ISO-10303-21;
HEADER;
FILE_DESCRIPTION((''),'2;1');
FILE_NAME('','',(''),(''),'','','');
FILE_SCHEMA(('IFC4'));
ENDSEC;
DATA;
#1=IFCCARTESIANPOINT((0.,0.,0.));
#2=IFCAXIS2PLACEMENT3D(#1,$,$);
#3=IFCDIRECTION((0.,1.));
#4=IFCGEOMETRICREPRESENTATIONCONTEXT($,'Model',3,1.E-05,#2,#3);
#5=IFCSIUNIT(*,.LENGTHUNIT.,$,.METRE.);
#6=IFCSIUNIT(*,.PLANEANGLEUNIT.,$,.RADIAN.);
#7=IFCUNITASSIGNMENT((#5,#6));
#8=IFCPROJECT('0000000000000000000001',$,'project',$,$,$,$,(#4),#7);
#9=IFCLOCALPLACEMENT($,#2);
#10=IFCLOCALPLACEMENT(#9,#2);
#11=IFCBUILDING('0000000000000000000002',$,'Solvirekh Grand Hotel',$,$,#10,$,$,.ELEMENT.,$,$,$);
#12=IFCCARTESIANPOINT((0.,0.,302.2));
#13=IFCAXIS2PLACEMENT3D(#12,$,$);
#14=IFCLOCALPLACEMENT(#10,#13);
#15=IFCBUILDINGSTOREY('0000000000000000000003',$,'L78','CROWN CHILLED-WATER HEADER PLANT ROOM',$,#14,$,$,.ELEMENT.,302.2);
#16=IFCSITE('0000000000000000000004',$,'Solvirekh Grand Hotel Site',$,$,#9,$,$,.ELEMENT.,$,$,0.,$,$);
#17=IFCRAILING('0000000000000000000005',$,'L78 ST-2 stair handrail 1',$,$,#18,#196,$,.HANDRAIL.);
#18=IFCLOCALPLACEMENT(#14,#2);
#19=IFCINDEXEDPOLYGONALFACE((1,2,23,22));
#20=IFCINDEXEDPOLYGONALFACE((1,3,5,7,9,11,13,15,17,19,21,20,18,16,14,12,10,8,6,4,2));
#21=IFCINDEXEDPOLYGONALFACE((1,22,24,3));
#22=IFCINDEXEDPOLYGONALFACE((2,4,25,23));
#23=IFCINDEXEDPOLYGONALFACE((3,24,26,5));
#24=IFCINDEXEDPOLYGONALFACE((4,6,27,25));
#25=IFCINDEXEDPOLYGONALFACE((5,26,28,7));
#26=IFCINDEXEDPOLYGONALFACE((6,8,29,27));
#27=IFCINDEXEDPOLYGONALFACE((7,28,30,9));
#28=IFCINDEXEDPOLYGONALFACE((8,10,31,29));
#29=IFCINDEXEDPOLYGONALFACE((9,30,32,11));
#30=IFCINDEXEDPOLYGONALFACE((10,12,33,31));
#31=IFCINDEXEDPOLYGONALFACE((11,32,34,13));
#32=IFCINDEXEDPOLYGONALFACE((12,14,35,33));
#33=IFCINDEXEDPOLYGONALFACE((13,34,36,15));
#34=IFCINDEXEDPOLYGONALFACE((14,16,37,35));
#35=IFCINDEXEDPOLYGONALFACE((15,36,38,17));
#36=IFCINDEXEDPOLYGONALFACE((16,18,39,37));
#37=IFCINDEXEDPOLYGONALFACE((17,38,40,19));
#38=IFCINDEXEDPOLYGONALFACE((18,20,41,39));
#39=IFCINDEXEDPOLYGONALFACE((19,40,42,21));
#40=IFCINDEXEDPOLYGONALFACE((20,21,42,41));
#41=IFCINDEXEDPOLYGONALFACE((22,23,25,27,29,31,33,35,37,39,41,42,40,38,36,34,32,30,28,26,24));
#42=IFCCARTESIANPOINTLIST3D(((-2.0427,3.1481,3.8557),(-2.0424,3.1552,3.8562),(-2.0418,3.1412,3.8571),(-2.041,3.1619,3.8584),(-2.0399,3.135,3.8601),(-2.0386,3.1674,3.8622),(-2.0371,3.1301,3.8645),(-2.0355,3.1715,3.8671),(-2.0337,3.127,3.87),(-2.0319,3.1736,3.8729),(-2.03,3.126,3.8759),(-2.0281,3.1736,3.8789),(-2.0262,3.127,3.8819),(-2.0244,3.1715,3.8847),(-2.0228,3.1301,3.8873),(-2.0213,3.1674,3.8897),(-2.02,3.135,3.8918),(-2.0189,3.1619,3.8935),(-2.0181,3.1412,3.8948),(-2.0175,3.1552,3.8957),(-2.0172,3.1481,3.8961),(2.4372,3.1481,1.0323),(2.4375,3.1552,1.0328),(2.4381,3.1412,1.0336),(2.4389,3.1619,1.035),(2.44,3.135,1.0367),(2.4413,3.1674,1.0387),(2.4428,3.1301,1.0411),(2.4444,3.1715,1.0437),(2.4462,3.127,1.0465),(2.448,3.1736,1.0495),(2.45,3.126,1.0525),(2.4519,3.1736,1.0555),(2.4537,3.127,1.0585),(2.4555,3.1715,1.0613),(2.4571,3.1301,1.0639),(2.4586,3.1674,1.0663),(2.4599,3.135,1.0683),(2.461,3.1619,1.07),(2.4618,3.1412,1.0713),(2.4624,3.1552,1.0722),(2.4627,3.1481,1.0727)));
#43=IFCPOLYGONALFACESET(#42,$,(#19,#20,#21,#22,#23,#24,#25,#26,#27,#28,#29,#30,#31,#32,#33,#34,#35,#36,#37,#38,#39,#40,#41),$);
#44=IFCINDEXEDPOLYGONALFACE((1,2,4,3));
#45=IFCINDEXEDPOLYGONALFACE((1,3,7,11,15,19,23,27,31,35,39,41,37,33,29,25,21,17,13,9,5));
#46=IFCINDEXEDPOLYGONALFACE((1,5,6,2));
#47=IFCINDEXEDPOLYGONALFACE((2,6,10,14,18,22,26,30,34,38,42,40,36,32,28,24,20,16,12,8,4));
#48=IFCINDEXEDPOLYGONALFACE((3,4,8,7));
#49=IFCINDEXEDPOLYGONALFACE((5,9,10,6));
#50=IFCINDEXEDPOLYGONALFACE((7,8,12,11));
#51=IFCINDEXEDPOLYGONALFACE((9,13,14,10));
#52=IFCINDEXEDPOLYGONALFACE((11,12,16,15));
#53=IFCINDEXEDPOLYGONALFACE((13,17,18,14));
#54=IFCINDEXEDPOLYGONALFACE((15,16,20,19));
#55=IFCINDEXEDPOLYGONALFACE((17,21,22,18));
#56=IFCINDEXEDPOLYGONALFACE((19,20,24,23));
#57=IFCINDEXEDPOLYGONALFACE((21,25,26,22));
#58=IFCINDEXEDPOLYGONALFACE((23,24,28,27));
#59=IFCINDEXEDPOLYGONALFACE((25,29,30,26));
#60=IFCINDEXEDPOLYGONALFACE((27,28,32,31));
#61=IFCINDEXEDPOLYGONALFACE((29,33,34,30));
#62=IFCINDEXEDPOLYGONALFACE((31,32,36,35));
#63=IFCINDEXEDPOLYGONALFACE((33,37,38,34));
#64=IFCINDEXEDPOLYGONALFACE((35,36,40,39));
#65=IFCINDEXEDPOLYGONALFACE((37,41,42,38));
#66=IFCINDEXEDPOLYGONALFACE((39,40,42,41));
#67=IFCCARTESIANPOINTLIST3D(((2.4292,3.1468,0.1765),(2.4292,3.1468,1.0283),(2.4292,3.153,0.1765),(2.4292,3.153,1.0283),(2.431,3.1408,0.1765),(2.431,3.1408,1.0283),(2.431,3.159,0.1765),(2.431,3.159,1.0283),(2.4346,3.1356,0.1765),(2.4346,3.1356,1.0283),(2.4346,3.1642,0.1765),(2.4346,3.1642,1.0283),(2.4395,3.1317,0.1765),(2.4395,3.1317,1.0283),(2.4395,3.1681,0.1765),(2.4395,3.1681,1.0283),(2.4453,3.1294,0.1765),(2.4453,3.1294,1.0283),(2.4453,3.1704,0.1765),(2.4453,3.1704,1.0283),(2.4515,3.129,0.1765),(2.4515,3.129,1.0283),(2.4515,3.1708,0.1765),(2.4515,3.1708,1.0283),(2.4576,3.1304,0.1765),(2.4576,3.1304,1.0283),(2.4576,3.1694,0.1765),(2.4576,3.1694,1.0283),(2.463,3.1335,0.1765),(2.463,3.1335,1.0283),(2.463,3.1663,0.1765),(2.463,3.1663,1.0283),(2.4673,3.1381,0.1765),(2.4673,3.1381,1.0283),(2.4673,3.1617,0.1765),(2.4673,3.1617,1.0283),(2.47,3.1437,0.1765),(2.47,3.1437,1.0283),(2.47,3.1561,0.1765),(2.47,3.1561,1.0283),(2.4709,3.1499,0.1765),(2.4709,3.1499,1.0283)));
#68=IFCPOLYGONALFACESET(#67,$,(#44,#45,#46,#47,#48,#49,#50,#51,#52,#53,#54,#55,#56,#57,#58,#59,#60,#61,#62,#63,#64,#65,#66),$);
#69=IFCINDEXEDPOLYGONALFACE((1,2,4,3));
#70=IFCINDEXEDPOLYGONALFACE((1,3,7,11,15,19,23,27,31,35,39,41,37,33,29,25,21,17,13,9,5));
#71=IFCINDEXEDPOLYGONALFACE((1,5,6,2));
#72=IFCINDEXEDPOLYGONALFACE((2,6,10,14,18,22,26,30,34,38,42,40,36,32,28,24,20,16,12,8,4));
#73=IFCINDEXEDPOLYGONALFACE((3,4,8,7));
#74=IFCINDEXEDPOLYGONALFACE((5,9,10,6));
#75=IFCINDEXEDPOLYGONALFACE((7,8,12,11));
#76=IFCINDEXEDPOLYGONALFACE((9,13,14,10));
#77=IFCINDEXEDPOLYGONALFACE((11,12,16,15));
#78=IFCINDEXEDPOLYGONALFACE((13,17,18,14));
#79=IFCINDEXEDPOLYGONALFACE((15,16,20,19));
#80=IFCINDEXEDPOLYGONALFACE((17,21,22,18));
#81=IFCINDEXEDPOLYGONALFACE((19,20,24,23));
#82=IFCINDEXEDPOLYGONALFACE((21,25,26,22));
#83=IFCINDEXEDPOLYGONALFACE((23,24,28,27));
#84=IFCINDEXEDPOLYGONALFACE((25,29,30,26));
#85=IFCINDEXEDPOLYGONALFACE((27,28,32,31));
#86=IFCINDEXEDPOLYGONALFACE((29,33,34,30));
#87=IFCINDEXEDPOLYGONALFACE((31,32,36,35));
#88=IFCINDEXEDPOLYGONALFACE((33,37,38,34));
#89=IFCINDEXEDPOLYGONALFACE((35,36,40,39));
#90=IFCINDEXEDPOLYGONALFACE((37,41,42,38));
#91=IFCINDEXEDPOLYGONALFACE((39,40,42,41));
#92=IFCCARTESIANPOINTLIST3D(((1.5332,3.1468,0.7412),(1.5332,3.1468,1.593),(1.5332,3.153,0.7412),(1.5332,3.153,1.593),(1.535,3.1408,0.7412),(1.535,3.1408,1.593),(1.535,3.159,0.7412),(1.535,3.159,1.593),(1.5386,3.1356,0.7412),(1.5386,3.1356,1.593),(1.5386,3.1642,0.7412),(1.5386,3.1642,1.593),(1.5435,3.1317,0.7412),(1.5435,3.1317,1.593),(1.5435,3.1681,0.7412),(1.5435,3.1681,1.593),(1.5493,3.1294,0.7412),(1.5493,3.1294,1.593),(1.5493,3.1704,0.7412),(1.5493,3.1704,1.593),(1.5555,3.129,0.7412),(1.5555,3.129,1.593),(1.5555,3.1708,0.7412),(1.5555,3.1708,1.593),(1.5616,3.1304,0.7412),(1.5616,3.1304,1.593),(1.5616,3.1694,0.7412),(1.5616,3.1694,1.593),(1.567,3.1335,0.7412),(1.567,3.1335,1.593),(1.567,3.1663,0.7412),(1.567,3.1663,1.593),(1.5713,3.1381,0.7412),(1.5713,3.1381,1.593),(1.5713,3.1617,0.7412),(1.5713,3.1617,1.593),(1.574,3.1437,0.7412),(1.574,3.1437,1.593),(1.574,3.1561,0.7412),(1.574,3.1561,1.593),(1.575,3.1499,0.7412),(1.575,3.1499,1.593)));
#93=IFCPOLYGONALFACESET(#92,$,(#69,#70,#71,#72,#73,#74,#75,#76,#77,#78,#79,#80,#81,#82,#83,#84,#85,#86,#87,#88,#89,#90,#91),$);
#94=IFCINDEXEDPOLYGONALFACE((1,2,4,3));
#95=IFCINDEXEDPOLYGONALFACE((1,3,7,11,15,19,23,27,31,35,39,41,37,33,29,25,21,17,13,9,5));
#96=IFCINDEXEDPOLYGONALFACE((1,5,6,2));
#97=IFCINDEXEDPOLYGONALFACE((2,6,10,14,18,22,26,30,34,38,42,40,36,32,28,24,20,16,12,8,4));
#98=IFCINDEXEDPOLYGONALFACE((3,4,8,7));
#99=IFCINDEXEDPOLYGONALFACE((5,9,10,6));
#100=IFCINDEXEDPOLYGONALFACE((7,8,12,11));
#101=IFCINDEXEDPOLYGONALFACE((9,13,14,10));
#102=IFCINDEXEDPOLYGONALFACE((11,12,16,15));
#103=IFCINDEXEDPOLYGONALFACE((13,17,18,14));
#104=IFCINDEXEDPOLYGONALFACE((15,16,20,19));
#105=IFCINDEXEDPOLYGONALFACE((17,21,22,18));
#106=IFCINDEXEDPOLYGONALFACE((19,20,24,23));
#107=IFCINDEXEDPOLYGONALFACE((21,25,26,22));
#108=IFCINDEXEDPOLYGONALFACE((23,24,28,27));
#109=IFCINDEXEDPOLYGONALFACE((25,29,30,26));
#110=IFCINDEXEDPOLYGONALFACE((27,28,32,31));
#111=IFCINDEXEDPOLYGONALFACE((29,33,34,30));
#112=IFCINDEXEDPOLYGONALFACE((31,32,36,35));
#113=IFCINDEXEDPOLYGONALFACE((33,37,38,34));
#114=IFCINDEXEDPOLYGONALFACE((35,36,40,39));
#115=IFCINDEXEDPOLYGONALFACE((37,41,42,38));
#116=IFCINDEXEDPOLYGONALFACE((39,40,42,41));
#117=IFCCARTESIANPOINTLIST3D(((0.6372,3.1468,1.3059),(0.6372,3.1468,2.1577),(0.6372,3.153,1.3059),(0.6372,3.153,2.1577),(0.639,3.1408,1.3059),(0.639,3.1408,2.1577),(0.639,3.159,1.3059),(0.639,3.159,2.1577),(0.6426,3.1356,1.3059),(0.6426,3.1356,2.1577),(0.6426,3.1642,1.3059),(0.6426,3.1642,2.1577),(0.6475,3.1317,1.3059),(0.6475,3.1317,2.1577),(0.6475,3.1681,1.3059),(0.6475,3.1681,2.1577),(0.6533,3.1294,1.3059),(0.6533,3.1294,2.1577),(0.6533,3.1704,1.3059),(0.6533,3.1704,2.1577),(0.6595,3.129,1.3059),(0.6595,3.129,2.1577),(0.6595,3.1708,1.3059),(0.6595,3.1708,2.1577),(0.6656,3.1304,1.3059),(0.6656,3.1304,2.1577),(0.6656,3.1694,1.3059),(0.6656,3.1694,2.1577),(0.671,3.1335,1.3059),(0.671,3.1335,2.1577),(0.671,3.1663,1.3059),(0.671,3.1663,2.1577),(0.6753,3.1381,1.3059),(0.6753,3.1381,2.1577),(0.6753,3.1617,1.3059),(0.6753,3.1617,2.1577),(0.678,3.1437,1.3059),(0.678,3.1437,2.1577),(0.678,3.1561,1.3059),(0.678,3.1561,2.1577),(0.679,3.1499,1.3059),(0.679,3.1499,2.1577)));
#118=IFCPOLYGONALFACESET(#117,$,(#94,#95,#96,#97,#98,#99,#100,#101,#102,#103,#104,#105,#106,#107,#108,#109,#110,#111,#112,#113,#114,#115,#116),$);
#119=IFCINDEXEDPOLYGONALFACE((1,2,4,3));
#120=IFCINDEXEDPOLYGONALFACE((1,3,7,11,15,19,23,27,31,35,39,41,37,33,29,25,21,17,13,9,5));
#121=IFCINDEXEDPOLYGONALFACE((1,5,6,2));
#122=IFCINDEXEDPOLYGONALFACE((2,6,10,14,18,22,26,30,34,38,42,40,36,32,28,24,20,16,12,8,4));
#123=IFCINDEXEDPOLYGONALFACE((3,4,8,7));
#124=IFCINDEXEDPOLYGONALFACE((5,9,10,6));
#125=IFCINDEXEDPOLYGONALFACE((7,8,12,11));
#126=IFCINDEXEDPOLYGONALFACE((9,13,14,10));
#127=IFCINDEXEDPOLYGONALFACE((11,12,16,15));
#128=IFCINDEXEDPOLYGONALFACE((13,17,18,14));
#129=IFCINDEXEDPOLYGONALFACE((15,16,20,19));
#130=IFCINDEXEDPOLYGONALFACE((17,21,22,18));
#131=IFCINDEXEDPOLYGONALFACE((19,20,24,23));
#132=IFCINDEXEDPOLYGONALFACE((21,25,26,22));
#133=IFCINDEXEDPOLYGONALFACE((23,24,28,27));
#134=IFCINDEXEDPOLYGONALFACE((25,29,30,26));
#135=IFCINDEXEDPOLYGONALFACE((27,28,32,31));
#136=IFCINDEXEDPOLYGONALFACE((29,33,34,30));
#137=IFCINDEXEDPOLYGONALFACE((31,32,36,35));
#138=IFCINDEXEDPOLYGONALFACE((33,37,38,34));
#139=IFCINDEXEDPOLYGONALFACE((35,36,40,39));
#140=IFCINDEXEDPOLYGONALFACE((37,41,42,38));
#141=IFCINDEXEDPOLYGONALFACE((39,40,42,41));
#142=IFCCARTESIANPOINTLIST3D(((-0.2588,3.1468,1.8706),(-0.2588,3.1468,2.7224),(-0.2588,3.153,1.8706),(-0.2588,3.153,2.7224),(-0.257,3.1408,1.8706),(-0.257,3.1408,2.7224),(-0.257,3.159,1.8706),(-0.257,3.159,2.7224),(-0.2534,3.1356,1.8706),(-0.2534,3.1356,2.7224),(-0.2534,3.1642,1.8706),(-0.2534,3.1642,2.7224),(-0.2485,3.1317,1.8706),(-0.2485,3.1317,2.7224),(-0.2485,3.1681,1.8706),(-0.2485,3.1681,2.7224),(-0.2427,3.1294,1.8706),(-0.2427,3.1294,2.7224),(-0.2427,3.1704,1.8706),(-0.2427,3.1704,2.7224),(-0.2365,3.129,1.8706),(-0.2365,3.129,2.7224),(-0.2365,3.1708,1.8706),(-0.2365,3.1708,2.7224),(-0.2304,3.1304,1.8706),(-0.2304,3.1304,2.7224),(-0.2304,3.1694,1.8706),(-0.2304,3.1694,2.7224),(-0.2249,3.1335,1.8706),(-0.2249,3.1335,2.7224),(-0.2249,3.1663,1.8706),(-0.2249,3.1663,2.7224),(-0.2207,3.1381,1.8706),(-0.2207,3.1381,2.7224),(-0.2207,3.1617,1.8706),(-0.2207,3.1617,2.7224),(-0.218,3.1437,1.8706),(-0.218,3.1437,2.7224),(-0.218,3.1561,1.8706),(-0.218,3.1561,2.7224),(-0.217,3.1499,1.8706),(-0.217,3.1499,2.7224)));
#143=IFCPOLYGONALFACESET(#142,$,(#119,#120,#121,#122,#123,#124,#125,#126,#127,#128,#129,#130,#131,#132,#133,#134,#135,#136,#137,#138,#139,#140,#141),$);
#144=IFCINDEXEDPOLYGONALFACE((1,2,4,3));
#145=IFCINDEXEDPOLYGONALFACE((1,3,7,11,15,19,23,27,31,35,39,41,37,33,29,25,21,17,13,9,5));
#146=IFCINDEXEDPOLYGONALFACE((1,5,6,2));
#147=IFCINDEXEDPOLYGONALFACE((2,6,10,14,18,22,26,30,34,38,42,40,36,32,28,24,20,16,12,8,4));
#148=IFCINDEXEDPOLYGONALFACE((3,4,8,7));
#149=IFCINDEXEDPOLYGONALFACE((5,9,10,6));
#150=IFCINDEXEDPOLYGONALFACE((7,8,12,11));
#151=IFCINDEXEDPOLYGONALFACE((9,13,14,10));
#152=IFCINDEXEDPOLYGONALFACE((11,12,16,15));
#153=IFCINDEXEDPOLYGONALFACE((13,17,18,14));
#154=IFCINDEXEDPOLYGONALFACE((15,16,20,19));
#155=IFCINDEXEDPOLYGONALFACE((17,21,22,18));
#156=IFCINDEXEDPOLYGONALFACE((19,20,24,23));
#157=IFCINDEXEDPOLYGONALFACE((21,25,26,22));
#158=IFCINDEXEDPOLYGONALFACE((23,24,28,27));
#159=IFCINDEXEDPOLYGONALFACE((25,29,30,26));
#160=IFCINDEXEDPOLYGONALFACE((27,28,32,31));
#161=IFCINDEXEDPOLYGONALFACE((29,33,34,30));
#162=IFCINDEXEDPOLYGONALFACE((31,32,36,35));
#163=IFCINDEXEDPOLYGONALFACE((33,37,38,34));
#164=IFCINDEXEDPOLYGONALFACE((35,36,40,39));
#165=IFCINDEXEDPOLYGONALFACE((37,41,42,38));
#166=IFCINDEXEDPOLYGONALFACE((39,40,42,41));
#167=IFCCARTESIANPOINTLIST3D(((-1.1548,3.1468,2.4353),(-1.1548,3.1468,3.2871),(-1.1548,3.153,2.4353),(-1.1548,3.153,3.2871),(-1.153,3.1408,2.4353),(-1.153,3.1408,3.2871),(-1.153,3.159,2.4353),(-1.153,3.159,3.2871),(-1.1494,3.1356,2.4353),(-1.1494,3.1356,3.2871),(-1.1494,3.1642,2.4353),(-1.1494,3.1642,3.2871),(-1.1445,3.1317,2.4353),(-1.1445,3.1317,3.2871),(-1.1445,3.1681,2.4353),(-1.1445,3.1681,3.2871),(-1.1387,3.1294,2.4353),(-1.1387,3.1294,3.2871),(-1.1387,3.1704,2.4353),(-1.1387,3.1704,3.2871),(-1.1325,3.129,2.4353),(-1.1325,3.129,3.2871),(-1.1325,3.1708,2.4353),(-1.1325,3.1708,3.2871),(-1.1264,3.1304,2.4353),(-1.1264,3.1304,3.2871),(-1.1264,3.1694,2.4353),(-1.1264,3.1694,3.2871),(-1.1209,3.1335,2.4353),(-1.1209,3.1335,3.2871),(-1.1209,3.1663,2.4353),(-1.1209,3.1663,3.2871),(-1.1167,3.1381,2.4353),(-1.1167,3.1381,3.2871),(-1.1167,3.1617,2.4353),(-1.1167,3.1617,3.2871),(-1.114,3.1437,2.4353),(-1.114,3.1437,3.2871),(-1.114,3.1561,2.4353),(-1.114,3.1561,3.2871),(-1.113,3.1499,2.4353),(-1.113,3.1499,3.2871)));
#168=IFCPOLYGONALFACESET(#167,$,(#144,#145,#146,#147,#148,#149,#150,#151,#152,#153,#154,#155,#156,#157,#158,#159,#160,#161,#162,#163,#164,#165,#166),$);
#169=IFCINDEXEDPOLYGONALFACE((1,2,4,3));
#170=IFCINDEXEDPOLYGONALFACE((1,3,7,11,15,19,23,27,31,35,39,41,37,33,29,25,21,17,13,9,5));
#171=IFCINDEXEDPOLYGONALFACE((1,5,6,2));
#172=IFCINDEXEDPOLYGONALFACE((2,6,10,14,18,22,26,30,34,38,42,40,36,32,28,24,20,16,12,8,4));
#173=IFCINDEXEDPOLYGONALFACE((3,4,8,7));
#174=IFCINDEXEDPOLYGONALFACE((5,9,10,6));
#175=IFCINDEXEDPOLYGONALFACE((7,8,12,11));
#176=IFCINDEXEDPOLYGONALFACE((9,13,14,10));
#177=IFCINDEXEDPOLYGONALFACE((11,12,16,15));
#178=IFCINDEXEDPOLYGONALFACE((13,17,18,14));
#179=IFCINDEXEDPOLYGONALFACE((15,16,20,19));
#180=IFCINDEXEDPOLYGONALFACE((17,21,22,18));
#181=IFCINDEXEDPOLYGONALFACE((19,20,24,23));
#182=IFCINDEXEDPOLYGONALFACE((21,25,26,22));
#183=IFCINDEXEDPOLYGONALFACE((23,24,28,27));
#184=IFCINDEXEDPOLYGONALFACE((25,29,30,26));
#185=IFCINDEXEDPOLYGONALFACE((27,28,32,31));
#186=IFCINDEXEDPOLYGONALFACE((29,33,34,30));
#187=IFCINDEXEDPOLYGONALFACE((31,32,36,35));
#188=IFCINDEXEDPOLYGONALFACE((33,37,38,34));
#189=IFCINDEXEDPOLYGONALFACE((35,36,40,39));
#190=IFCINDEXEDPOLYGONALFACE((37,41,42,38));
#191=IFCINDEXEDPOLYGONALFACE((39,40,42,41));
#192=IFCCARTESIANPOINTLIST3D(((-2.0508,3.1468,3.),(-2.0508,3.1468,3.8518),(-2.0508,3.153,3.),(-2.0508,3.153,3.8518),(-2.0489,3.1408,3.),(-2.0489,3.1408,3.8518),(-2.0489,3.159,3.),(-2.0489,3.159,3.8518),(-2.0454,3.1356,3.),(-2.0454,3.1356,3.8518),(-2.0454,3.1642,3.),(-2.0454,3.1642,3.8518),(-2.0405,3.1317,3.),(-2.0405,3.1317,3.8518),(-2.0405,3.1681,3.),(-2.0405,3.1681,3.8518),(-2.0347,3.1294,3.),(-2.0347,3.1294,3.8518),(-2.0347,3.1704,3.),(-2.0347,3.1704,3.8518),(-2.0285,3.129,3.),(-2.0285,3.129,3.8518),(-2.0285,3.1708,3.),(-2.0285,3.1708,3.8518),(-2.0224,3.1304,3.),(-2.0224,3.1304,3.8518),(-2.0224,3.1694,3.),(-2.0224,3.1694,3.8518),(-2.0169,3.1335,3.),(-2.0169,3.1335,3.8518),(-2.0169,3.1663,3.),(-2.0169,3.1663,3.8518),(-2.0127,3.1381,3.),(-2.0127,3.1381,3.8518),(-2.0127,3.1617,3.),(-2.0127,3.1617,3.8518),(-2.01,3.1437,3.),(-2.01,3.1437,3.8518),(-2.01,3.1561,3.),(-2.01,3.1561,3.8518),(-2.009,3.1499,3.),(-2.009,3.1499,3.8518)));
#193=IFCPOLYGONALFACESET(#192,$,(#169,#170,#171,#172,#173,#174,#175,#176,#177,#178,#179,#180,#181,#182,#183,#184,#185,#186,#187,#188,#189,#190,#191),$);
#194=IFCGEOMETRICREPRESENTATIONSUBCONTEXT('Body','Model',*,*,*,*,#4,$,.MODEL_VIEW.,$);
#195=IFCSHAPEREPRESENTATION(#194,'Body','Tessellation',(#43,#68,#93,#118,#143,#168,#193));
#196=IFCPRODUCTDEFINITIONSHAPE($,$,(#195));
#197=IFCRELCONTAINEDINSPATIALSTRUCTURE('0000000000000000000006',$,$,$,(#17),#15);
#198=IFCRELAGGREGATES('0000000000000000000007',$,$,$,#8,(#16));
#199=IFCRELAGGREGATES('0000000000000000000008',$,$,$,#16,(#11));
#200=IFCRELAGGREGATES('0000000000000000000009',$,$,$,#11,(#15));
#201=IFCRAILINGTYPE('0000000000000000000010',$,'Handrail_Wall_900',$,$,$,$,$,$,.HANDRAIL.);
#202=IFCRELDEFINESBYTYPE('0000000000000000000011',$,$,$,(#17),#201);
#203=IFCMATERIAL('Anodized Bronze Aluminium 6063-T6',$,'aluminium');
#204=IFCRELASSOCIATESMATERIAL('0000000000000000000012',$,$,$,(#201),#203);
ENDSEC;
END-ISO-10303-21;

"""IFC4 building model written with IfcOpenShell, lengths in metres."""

from ifc_helpers import new_model, si_unit, direction, frame, origin, origin_2d, place, context, subcontext, project, spatial, circle, extrude, material, type_object, element, save


model = new_model("IFC4")

# Units and contexts
model_context = context("Model", 3, precision=1e-05, world=origin(), true_north=direction((0.0, 1.0)))
body_context = subcontext(model_context, "Body", "Model", "MODEL_VIEW")
ifc_project = project(units=[si_unit("LENGTHUNIT", "METRE"), si_unit("PLANEANGLEUNIT", "RADIAN")], contexts=[model_context])

# Site, building, storey
site_placement = place(None, origin())
site = spatial("IfcSite", under=ifc_project, at=site_placement, Name="Solvirekh Grand Hotel Site", CompositionType="ELEMENT", RefElevation=0.0)
building_placement = place(site_placement, origin())
building = spatial("IfcBuilding", under=site, at=building_placement, Name="Solvirekh Grand Hotel", CompositionType="ELEMENT")
storey_placement = place(building_placement, frame((0.0, 0.0, 302.2)))
storey = spatial("IfcBuildingStorey", under=building, at=storey_placement, Name="L78", Description="CROWN CHILLED-WATER HEADER PLANT ROOM", CompositionType="ELEMENT", Elevation=302.2)

# Shared definitions
ifc_material_1 = material(Name="Anodized Bronze Aluminium 6063-T6", Category="aluminium")

# Railing
railing_type_1 = type_object("IfcRailingType", Name="Handrail_Wall_900", PredefinedType="HANDRAIL", material=ifc_material_1)
railing_1_placement = place(storey_placement, frame((2.45, 3.1499, 0.1765)))
element("IfcRailing", 1, at=railing_1_placement, inside=storey, type_object=railing_type_1, Name="L78 ST-2 stair handrail 1", PredefinedType="HANDRAIL", context=body_context, shape_type="SweptSolid", body=[
    extrude(circle(Radius=0.0239, at=origin_2d()), frame((0.0, 0.0, 0.876), z_axis=(-0.845998, 0.0, 0.533186), x_axis=(0.0, -1.0, 0.0)), (0.0, 0.0, 1.0), 5.2954),
    extrude(circle(Radius=0.021, at=origin_2d()), origin(), (0.0, 0.0, 1.0), 0.8518),
    extrude(circle(Radius=0.021, at=origin_2d()), frame((-0.896, 0.0, 0.5647)), (0.0, 0.0, 1.0), 0.8518),
    extrude(circle(Radius=0.021, at=origin_2d()), frame((-1.792, 0.0, 1.1294)), (0.0, 0.0, 1.0), 0.8518),
    extrude(circle(Radius=0.021, at=origin_2d()), frame((-2.688, 0.0, 1.6941)), (0.0, 0.0, 1.0), 0.8518),
    extrude(circle(Radius=0.021, at=origin_2d()), frame((-3.584, 0.0, 2.2588)), (0.0, 0.0, 1.0), 0.8518),
    extrude(circle(Radius=0.021, at=origin_2d()), frame((-4.48, 0.0, 2.8235)), (0.0, 0.0, 1.0), 0.8518),
])

save(model, "model.ifc")
